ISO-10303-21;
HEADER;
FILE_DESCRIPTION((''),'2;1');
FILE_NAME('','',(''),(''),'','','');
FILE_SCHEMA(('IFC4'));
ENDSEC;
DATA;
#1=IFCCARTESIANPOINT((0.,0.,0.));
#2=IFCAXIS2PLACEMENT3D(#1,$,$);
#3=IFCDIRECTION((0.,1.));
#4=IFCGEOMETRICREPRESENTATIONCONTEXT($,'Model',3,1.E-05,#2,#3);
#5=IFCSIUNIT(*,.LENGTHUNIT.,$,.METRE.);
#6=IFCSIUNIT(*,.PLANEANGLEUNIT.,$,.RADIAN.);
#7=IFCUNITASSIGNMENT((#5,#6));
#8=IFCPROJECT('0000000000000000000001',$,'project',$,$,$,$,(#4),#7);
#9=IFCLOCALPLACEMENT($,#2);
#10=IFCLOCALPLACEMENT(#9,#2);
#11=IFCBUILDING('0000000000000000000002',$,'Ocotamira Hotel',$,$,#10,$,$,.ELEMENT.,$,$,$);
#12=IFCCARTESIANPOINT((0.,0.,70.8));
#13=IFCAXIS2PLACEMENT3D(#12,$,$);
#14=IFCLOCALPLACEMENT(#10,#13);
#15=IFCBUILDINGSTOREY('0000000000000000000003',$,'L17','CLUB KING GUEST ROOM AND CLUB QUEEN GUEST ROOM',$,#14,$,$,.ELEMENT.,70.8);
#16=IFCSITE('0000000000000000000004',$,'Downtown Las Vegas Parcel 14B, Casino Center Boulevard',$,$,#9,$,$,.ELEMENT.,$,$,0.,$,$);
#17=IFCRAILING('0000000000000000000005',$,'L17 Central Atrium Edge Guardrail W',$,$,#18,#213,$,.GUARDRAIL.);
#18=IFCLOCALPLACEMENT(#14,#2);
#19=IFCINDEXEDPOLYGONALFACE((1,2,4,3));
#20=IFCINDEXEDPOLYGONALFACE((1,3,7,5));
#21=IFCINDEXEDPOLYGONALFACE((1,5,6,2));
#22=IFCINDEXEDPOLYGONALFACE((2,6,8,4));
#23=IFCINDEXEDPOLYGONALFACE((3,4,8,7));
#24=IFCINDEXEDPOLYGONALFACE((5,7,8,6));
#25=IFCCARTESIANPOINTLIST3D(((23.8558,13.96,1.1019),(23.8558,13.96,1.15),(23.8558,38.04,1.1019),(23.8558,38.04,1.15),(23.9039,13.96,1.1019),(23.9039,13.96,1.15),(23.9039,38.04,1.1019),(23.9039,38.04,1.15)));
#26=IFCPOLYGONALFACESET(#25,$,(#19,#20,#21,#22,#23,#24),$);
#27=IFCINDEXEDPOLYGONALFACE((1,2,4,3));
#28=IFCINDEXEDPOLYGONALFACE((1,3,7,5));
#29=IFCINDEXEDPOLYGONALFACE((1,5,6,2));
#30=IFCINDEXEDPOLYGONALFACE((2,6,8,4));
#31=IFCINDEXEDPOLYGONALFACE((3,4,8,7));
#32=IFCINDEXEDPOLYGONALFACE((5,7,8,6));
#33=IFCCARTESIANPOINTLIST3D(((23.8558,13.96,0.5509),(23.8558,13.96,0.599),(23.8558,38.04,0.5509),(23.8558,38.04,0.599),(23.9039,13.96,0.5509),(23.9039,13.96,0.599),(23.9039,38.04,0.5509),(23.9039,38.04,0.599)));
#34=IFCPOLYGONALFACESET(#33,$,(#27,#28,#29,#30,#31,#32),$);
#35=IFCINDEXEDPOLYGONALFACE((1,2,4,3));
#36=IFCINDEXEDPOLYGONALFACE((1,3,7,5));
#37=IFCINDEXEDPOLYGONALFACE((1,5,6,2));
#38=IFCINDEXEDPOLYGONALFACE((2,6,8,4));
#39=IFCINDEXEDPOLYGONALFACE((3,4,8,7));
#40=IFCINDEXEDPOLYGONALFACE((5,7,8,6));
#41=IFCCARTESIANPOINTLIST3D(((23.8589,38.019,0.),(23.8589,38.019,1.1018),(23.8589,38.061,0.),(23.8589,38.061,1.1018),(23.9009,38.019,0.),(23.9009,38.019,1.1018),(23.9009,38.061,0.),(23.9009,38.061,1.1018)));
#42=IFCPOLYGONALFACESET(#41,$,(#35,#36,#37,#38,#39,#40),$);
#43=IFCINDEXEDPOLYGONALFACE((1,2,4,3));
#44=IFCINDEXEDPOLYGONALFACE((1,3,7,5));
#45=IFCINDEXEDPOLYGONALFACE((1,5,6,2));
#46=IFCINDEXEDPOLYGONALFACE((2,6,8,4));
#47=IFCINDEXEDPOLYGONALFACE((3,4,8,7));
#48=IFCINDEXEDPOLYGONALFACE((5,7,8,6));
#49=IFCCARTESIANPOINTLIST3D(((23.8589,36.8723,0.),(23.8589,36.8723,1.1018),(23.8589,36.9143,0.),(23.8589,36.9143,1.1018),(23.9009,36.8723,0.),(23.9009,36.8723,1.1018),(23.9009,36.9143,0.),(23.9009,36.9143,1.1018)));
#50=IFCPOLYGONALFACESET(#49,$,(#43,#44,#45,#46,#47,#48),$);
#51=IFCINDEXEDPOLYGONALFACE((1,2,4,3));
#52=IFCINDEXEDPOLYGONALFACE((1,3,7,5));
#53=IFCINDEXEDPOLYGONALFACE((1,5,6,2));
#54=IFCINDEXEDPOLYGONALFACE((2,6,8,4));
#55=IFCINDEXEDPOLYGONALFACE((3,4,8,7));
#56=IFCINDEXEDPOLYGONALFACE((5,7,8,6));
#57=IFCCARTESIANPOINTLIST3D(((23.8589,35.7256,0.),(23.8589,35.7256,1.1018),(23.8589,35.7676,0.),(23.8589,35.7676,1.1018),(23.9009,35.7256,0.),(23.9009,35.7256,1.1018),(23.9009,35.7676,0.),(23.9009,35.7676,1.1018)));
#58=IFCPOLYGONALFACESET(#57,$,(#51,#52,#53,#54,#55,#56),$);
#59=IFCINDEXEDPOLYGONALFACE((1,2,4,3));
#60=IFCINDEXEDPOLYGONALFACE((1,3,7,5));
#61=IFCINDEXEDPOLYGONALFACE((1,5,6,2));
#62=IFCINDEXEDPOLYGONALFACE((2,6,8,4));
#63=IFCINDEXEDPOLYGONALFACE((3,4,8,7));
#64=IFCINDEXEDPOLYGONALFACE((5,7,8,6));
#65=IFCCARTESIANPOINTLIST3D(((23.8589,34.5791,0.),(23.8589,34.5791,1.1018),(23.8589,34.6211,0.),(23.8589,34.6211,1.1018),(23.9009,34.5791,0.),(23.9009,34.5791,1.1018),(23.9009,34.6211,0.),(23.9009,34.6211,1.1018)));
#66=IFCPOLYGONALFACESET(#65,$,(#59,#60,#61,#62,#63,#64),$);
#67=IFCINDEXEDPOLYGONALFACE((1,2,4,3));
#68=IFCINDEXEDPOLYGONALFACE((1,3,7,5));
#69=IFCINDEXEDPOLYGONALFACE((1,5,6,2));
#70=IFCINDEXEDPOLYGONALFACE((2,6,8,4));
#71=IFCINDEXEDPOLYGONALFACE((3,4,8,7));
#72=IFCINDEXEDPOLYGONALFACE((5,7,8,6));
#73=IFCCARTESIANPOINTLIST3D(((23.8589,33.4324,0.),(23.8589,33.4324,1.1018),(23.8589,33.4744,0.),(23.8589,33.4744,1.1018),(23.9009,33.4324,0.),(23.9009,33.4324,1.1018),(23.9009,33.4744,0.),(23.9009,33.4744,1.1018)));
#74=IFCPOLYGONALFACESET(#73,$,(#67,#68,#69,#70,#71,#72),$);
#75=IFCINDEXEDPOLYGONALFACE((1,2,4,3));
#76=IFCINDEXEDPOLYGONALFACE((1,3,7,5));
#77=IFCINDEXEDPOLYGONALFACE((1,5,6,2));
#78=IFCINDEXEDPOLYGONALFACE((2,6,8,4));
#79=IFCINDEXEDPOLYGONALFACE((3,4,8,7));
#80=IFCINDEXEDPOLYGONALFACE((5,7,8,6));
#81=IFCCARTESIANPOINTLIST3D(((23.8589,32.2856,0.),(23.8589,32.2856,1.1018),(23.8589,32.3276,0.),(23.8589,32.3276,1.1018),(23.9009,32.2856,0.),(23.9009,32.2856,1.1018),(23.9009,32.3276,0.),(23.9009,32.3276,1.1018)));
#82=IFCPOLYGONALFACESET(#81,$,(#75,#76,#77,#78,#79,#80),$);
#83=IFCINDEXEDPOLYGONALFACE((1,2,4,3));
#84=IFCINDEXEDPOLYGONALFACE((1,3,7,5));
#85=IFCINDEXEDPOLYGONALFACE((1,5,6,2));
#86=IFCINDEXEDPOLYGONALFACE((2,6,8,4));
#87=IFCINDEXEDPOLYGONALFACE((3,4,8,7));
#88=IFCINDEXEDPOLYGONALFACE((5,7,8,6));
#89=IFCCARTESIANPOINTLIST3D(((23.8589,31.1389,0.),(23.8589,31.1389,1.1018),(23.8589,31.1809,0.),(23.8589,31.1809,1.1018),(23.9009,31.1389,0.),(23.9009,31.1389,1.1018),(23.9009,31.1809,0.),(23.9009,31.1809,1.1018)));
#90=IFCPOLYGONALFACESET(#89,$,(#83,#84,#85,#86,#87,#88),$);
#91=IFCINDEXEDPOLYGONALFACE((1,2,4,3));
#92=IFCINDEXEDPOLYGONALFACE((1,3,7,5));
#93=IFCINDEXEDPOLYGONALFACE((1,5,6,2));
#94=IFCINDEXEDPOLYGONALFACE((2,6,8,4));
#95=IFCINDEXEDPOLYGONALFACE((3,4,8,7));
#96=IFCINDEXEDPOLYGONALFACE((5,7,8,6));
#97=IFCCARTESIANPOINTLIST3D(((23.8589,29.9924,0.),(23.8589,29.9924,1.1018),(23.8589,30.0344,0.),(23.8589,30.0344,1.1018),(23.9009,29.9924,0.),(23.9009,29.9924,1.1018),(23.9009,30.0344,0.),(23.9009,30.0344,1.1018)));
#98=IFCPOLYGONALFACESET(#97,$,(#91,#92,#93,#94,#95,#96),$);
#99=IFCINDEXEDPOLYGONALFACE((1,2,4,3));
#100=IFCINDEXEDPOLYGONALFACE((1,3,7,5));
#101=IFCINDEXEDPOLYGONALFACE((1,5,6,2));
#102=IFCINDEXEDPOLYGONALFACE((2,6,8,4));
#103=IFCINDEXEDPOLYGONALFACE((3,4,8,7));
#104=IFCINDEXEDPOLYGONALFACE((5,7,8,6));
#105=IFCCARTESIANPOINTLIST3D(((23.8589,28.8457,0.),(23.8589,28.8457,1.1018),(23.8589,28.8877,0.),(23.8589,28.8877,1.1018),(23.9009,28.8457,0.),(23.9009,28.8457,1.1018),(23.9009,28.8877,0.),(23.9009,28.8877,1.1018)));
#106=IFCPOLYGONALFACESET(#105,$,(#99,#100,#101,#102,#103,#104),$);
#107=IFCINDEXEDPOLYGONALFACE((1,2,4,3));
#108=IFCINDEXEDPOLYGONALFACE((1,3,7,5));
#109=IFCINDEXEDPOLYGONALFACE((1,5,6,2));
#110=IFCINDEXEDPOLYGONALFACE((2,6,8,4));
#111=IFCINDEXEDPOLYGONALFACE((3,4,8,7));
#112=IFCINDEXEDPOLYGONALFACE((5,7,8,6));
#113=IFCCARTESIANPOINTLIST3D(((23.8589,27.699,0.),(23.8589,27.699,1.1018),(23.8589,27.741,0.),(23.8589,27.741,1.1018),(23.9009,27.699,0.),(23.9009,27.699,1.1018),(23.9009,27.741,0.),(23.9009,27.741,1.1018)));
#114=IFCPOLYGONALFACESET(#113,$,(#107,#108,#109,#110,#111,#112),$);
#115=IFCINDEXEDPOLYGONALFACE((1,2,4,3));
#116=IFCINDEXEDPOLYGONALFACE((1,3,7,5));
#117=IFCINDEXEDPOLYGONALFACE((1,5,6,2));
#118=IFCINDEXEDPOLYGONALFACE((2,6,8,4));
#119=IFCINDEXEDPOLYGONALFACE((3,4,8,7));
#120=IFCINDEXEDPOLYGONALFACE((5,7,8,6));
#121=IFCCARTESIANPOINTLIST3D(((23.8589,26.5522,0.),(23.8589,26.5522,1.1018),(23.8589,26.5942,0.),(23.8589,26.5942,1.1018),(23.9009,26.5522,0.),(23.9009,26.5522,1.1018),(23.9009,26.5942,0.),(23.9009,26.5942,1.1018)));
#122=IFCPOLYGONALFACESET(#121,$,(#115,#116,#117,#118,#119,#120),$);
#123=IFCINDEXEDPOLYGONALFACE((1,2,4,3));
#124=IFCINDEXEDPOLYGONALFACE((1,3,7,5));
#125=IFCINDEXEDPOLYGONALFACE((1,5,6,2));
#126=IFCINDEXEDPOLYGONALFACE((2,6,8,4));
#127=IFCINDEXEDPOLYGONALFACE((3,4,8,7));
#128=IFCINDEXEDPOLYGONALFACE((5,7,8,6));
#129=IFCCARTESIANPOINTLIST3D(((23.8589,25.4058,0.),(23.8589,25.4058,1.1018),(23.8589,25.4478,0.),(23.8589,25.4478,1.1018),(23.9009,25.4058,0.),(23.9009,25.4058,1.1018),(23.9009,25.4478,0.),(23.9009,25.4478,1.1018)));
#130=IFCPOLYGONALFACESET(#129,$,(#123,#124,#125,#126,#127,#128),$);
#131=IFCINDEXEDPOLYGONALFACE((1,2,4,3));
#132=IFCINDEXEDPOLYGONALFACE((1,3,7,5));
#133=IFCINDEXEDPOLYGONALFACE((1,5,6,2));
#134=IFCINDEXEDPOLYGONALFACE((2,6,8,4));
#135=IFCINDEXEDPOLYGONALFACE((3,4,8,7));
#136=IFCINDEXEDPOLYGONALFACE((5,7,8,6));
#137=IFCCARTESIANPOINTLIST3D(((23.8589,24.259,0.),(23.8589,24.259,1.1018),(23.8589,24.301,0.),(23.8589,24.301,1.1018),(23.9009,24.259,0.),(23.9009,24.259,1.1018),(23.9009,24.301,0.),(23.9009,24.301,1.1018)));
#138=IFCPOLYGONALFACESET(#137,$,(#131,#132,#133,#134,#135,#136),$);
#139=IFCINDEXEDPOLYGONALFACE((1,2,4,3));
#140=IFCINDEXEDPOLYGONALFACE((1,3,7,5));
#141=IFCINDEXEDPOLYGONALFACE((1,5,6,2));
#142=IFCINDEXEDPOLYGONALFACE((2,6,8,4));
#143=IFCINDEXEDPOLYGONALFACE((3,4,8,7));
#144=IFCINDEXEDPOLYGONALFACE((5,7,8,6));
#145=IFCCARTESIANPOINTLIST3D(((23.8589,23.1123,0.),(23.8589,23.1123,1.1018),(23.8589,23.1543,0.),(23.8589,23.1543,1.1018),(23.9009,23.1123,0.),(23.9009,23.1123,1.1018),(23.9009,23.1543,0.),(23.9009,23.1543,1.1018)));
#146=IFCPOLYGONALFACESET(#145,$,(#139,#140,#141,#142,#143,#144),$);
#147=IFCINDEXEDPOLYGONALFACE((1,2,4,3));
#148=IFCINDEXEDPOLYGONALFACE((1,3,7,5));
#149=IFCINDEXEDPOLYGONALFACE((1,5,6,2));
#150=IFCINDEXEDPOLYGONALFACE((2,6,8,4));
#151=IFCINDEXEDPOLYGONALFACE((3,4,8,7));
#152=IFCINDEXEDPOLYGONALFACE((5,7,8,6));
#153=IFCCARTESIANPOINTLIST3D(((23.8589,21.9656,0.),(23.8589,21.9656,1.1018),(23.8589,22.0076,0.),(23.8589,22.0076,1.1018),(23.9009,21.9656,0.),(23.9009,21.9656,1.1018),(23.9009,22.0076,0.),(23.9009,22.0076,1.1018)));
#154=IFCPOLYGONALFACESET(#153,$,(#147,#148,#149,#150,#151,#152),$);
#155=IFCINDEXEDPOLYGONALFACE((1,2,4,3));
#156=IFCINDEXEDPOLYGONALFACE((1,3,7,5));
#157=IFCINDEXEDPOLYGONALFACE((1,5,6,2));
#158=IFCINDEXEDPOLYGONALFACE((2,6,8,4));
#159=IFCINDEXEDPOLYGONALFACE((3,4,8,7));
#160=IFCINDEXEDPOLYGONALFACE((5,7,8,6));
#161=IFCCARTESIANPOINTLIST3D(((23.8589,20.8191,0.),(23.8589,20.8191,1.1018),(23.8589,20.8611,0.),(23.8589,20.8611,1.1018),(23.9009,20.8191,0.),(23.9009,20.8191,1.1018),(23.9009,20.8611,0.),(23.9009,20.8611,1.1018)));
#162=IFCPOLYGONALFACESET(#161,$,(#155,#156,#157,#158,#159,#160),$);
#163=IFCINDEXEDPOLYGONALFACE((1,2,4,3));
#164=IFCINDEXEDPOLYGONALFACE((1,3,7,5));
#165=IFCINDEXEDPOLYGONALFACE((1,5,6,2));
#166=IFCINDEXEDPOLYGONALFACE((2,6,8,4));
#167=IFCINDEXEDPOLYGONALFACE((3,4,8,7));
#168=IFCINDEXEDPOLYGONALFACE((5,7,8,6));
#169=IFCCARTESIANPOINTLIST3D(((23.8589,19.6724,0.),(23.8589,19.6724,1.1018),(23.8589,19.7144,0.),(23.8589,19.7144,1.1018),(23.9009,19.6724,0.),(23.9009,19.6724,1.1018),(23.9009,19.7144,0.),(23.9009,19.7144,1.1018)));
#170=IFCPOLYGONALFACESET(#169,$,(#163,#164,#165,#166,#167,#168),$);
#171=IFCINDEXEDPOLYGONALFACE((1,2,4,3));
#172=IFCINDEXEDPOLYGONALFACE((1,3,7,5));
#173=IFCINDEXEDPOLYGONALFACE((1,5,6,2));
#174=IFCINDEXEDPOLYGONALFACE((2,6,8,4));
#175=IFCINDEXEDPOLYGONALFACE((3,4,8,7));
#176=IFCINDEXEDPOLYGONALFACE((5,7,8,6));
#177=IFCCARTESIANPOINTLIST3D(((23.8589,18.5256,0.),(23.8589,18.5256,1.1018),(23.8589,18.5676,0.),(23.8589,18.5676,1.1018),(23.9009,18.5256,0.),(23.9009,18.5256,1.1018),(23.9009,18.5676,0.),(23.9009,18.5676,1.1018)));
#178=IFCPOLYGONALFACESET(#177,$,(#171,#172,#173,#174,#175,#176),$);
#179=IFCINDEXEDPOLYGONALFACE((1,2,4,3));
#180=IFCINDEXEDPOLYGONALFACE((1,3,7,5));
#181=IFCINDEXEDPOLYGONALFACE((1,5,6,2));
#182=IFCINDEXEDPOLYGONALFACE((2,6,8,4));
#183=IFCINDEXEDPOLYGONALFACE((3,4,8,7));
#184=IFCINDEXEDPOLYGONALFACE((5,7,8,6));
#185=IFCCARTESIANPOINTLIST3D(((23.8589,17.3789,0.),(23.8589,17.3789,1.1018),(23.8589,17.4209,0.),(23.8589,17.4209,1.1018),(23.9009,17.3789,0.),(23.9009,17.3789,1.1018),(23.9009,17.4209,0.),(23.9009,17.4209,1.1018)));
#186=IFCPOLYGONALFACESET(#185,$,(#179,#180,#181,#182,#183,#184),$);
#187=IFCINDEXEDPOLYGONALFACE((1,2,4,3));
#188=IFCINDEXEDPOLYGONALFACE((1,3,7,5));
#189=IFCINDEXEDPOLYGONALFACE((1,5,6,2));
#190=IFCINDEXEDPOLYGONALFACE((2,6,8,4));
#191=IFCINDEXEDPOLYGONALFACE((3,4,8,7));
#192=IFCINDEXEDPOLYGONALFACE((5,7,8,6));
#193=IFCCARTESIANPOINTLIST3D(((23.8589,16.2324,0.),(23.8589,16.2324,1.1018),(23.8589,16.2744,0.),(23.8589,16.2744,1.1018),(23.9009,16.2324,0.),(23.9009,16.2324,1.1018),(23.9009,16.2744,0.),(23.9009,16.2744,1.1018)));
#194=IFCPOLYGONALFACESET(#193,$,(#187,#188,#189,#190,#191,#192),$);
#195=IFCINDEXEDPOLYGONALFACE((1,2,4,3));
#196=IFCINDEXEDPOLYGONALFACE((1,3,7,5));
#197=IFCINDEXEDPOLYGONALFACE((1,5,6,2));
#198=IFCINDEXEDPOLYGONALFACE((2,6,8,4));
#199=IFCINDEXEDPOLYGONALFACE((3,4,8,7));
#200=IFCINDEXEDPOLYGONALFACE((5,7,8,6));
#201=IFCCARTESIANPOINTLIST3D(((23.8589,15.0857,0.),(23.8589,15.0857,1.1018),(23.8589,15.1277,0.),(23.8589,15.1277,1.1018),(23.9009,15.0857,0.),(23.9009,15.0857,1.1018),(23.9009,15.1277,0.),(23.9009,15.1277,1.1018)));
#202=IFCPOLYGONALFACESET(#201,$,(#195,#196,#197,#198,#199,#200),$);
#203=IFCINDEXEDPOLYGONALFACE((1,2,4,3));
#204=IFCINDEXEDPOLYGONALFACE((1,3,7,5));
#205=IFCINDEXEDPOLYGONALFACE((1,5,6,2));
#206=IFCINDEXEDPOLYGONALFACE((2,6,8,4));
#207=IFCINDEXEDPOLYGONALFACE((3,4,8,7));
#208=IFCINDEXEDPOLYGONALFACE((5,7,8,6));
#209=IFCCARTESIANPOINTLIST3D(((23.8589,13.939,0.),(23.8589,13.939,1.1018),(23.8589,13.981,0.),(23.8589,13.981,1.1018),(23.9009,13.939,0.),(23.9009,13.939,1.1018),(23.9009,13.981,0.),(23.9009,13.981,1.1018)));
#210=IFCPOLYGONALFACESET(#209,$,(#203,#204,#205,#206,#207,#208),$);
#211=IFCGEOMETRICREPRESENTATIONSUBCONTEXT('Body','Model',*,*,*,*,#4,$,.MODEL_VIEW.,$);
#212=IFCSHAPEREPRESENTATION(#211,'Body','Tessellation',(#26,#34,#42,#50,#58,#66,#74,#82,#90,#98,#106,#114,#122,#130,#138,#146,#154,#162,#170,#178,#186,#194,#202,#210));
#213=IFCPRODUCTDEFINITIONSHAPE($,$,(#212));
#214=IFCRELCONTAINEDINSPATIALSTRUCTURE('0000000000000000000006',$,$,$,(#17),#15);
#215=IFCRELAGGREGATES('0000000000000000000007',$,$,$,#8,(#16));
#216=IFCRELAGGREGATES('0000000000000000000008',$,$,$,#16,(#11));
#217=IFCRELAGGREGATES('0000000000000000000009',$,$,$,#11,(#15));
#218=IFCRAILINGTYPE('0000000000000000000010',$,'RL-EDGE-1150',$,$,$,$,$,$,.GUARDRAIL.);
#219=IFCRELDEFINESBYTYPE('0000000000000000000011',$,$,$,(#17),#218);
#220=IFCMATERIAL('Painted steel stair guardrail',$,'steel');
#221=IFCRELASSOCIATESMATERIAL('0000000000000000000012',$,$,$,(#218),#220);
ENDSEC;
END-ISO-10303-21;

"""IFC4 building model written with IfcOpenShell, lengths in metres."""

from ifc_helpers import new_model, si_unit, direction, frame, origin, origin_2d, place, context, subcontext, project, spatial, rectangle, extrude, material, type_object, element, save


model = new_model("IFC4")

# Units and contexts
model_context = context("Model", 3, precision=1e-05, world=origin(), true_north=direction((0.0, 1.0)))
body_context = subcontext(model_context, "Body", "Model", "MODEL_VIEW")
ifc_project = project(units=[si_unit("LENGTHUNIT", "METRE"), si_unit("PLANEANGLEUNIT", "RADIAN")], contexts=[model_context])

# Site, building, storey
site_placement = place(None, origin())
site = spatial("IfcSite", under=ifc_project, at=site_placement, Name="Downtown Las Vegas Parcel 14B, Casino Center Boulevard", CompositionType="ELEMENT", RefElevation=0.0)
building_placement = place(site_placement, origin())
building = spatial("IfcBuilding", under=site, at=building_placement, Name="Ocotamira Hotel", CompositionType="ELEMENT")
storey_placement = place(building_placement, frame((0.0, 0.0, 70.8)))
storey = spatial("IfcBuildingStorey", under=building, at=storey_placement, Name="L17", Description="CLUB KING GUEST ROOM AND CLUB QUEEN GUEST ROOM", CompositionType="ELEMENT", Elevation=70.8)

# Railing
ifc_material_1 = material(Name="Painted steel stair guardrail", Category="steel")
railing_type = type_object("IfcRailingType", Name="RL-EDGE-1150", PredefinedType="GUARDRAIL", material=ifc_material_1)
railing_placement = place(storey_placement, frame((23.8799, 38.04, 0.0)))
element("IfcRailing", 1, at=railing_placement, inside=storey, type_object=railing_type, Name="L17 Central Atrium Edge Guardrail W", PredefinedType="GUARDRAIL", context=body_context, shape_type="SweptSolid", body=[
    extrude(rectangle(XDim=0.0481, YDim=0.0481, at=origin_2d()), frame((0.0, 0.0, 1.126), z_axis=(0.0, -1.0, 0.0), x_axis=(1.0, 0.0, 0.0)), (0.0, 0.0, 1.0), 24.0801),
    extrude(rectangle(XDim=0.0481, YDim=0.0481, at=origin_2d()), frame((0.0, 0.0, 0.575), z_axis=(0.0, -1.0, 0.0), x_axis=(1.0, 0.0, 0.0)), (0.0, 0.0, 1.0), 24.0801),
    extrude(rectangle(XDim=0.042, YDim=0.042, at=origin_2d()), origin(), (0.0, 0.0, 1.0), 1.1018),
    extrude(rectangle(XDim=0.042, YDim=0.042, at=origin_2d()), frame((0.0, -1.1467, 0.0)), (0.0, 0.0, 1.0), 1.1018),
    extrude(rectangle(XDim=0.042, YDim=0.042, at=origin_2d()), frame((0.0, -2.2935, 0.0)), (0.0, 0.0, 1.0), 1.1018),
    extrude(rectangle(XDim=0.042, YDim=0.042, at=origin_2d()), frame((0.0, -3.4399, 0.0)), (0.0, 0.0, 1.0), 1.1018),
    extrude(rectangle(XDim=0.042, YDim=0.042, at=origin_2d()), frame((0.0, -4.5867, 0.0)), (0.0, 0.0, 1.0), 1.1018),
    extrude(rectangle(XDim=0.042, YDim=0.042, at=origin_2d()), frame((0.0, -5.7334, 0.0)), (0.0, 0.0, 1.0), 1.1018),
    extrude(rectangle(XDim=0.042, YDim=0.042, at=origin_2d()), frame((0.0, -6.8801, 0.0)), (0.0, 0.0, 1.0), 1.1018),
    extrude(rectangle(XDim=0.042, YDim=0.042, at=origin_2d()), frame((0.0, -8.0266, 0.0)), (0.0, 0.0, 1.0), 1.1018),
    extrude(rectangle(XDim=0.042, YDim=0.042, at=origin_2d()), frame((0.0, -9.1733, 0.0)), (0.0, 0.0, 1.0), 1.1018),
    extrude(rectangle(XDim=0.042, YDim=0.042, at=origin_2d()), frame((0.0, -10.3201, 0.0)), (0.0, 0.0, 1.0), 1.1018),
    extrude(rectangle(XDim=0.042, YDim=0.042, at=origin_2d()), frame((0.0, -11.4668, 0.0)), (0.0, 0.0, 1.0), 1.1018),
    extrude(rectangle(XDim=0.042, YDim=0.042, at=origin_2d()), frame((0.0, -12.6133, 0.0)), (0.0, 0.0, 1.0), 1.1018),
    extrude(rectangle(XDim=0.042, YDim=0.042, at=origin_2d()), frame((0.0, -13.76, 0.0)), (0.0, 0.0, 1.0), 1.1018),
    extrude(rectangle(XDim=0.042, YDim=0.042, at=origin_2d()), frame((0.0, -14.9067, 0.0)), (0.0, 0.0, 1.0), 1.1018),
    extrude(rectangle(XDim=0.042, YDim=0.042, at=origin_2d()), frame((0.0, -16.0535, 0.0)), (0.0, 0.0, 1.0), 1.1018),
    extrude(rectangle(XDim=0.042, YDim=0.042, at=origin_2d()), frame((0.0, -17.2, 0.0)), (0.0, 0.0, 1.0), 1.1018),
    extrude(rectangle(XDim=0.042, YDim=0.042, at=origin_2d()), frame((0.0, -18.3467, 0.0)), (0.0, 0.0, 1.0), 1.1018),
    extrude(rectangle(XDim=0.042, YDim=0.042, at=origin_2d()), frame((0.0, -19.4934, 0.0)), (0.0, 0.0, 1.0), 1.1018),
    extrude(rectangle(XDim=0.042, YDim=0.042, at=origin_2d()), frame((0.0, -20.6401, 0.0)), (0.0, 0.0, 1.0), 1.1018),
    extrude(rectangle(XDim=0.042, YDim=0.042, at=origin_2d()), frame((0.0, -21.7866, 0.0)), (0.0, 0.0, 1.0), 1.1018),
    extrude(rectangle(XDim=0.042, YDim=0.042, at=origin_2d()), frame((0.0, -22.9333, 0.0)), (0.0, 0.0, 1.0), 1.1018),
    extrude(rectangle(XDim=0.042, YDim=0.042, at=origin_2d()), frame((0.0, -24.0801, 0.0)), (0.0, 0.0, 1.0), 1.1018),
])

save(model, "model.ifc")
